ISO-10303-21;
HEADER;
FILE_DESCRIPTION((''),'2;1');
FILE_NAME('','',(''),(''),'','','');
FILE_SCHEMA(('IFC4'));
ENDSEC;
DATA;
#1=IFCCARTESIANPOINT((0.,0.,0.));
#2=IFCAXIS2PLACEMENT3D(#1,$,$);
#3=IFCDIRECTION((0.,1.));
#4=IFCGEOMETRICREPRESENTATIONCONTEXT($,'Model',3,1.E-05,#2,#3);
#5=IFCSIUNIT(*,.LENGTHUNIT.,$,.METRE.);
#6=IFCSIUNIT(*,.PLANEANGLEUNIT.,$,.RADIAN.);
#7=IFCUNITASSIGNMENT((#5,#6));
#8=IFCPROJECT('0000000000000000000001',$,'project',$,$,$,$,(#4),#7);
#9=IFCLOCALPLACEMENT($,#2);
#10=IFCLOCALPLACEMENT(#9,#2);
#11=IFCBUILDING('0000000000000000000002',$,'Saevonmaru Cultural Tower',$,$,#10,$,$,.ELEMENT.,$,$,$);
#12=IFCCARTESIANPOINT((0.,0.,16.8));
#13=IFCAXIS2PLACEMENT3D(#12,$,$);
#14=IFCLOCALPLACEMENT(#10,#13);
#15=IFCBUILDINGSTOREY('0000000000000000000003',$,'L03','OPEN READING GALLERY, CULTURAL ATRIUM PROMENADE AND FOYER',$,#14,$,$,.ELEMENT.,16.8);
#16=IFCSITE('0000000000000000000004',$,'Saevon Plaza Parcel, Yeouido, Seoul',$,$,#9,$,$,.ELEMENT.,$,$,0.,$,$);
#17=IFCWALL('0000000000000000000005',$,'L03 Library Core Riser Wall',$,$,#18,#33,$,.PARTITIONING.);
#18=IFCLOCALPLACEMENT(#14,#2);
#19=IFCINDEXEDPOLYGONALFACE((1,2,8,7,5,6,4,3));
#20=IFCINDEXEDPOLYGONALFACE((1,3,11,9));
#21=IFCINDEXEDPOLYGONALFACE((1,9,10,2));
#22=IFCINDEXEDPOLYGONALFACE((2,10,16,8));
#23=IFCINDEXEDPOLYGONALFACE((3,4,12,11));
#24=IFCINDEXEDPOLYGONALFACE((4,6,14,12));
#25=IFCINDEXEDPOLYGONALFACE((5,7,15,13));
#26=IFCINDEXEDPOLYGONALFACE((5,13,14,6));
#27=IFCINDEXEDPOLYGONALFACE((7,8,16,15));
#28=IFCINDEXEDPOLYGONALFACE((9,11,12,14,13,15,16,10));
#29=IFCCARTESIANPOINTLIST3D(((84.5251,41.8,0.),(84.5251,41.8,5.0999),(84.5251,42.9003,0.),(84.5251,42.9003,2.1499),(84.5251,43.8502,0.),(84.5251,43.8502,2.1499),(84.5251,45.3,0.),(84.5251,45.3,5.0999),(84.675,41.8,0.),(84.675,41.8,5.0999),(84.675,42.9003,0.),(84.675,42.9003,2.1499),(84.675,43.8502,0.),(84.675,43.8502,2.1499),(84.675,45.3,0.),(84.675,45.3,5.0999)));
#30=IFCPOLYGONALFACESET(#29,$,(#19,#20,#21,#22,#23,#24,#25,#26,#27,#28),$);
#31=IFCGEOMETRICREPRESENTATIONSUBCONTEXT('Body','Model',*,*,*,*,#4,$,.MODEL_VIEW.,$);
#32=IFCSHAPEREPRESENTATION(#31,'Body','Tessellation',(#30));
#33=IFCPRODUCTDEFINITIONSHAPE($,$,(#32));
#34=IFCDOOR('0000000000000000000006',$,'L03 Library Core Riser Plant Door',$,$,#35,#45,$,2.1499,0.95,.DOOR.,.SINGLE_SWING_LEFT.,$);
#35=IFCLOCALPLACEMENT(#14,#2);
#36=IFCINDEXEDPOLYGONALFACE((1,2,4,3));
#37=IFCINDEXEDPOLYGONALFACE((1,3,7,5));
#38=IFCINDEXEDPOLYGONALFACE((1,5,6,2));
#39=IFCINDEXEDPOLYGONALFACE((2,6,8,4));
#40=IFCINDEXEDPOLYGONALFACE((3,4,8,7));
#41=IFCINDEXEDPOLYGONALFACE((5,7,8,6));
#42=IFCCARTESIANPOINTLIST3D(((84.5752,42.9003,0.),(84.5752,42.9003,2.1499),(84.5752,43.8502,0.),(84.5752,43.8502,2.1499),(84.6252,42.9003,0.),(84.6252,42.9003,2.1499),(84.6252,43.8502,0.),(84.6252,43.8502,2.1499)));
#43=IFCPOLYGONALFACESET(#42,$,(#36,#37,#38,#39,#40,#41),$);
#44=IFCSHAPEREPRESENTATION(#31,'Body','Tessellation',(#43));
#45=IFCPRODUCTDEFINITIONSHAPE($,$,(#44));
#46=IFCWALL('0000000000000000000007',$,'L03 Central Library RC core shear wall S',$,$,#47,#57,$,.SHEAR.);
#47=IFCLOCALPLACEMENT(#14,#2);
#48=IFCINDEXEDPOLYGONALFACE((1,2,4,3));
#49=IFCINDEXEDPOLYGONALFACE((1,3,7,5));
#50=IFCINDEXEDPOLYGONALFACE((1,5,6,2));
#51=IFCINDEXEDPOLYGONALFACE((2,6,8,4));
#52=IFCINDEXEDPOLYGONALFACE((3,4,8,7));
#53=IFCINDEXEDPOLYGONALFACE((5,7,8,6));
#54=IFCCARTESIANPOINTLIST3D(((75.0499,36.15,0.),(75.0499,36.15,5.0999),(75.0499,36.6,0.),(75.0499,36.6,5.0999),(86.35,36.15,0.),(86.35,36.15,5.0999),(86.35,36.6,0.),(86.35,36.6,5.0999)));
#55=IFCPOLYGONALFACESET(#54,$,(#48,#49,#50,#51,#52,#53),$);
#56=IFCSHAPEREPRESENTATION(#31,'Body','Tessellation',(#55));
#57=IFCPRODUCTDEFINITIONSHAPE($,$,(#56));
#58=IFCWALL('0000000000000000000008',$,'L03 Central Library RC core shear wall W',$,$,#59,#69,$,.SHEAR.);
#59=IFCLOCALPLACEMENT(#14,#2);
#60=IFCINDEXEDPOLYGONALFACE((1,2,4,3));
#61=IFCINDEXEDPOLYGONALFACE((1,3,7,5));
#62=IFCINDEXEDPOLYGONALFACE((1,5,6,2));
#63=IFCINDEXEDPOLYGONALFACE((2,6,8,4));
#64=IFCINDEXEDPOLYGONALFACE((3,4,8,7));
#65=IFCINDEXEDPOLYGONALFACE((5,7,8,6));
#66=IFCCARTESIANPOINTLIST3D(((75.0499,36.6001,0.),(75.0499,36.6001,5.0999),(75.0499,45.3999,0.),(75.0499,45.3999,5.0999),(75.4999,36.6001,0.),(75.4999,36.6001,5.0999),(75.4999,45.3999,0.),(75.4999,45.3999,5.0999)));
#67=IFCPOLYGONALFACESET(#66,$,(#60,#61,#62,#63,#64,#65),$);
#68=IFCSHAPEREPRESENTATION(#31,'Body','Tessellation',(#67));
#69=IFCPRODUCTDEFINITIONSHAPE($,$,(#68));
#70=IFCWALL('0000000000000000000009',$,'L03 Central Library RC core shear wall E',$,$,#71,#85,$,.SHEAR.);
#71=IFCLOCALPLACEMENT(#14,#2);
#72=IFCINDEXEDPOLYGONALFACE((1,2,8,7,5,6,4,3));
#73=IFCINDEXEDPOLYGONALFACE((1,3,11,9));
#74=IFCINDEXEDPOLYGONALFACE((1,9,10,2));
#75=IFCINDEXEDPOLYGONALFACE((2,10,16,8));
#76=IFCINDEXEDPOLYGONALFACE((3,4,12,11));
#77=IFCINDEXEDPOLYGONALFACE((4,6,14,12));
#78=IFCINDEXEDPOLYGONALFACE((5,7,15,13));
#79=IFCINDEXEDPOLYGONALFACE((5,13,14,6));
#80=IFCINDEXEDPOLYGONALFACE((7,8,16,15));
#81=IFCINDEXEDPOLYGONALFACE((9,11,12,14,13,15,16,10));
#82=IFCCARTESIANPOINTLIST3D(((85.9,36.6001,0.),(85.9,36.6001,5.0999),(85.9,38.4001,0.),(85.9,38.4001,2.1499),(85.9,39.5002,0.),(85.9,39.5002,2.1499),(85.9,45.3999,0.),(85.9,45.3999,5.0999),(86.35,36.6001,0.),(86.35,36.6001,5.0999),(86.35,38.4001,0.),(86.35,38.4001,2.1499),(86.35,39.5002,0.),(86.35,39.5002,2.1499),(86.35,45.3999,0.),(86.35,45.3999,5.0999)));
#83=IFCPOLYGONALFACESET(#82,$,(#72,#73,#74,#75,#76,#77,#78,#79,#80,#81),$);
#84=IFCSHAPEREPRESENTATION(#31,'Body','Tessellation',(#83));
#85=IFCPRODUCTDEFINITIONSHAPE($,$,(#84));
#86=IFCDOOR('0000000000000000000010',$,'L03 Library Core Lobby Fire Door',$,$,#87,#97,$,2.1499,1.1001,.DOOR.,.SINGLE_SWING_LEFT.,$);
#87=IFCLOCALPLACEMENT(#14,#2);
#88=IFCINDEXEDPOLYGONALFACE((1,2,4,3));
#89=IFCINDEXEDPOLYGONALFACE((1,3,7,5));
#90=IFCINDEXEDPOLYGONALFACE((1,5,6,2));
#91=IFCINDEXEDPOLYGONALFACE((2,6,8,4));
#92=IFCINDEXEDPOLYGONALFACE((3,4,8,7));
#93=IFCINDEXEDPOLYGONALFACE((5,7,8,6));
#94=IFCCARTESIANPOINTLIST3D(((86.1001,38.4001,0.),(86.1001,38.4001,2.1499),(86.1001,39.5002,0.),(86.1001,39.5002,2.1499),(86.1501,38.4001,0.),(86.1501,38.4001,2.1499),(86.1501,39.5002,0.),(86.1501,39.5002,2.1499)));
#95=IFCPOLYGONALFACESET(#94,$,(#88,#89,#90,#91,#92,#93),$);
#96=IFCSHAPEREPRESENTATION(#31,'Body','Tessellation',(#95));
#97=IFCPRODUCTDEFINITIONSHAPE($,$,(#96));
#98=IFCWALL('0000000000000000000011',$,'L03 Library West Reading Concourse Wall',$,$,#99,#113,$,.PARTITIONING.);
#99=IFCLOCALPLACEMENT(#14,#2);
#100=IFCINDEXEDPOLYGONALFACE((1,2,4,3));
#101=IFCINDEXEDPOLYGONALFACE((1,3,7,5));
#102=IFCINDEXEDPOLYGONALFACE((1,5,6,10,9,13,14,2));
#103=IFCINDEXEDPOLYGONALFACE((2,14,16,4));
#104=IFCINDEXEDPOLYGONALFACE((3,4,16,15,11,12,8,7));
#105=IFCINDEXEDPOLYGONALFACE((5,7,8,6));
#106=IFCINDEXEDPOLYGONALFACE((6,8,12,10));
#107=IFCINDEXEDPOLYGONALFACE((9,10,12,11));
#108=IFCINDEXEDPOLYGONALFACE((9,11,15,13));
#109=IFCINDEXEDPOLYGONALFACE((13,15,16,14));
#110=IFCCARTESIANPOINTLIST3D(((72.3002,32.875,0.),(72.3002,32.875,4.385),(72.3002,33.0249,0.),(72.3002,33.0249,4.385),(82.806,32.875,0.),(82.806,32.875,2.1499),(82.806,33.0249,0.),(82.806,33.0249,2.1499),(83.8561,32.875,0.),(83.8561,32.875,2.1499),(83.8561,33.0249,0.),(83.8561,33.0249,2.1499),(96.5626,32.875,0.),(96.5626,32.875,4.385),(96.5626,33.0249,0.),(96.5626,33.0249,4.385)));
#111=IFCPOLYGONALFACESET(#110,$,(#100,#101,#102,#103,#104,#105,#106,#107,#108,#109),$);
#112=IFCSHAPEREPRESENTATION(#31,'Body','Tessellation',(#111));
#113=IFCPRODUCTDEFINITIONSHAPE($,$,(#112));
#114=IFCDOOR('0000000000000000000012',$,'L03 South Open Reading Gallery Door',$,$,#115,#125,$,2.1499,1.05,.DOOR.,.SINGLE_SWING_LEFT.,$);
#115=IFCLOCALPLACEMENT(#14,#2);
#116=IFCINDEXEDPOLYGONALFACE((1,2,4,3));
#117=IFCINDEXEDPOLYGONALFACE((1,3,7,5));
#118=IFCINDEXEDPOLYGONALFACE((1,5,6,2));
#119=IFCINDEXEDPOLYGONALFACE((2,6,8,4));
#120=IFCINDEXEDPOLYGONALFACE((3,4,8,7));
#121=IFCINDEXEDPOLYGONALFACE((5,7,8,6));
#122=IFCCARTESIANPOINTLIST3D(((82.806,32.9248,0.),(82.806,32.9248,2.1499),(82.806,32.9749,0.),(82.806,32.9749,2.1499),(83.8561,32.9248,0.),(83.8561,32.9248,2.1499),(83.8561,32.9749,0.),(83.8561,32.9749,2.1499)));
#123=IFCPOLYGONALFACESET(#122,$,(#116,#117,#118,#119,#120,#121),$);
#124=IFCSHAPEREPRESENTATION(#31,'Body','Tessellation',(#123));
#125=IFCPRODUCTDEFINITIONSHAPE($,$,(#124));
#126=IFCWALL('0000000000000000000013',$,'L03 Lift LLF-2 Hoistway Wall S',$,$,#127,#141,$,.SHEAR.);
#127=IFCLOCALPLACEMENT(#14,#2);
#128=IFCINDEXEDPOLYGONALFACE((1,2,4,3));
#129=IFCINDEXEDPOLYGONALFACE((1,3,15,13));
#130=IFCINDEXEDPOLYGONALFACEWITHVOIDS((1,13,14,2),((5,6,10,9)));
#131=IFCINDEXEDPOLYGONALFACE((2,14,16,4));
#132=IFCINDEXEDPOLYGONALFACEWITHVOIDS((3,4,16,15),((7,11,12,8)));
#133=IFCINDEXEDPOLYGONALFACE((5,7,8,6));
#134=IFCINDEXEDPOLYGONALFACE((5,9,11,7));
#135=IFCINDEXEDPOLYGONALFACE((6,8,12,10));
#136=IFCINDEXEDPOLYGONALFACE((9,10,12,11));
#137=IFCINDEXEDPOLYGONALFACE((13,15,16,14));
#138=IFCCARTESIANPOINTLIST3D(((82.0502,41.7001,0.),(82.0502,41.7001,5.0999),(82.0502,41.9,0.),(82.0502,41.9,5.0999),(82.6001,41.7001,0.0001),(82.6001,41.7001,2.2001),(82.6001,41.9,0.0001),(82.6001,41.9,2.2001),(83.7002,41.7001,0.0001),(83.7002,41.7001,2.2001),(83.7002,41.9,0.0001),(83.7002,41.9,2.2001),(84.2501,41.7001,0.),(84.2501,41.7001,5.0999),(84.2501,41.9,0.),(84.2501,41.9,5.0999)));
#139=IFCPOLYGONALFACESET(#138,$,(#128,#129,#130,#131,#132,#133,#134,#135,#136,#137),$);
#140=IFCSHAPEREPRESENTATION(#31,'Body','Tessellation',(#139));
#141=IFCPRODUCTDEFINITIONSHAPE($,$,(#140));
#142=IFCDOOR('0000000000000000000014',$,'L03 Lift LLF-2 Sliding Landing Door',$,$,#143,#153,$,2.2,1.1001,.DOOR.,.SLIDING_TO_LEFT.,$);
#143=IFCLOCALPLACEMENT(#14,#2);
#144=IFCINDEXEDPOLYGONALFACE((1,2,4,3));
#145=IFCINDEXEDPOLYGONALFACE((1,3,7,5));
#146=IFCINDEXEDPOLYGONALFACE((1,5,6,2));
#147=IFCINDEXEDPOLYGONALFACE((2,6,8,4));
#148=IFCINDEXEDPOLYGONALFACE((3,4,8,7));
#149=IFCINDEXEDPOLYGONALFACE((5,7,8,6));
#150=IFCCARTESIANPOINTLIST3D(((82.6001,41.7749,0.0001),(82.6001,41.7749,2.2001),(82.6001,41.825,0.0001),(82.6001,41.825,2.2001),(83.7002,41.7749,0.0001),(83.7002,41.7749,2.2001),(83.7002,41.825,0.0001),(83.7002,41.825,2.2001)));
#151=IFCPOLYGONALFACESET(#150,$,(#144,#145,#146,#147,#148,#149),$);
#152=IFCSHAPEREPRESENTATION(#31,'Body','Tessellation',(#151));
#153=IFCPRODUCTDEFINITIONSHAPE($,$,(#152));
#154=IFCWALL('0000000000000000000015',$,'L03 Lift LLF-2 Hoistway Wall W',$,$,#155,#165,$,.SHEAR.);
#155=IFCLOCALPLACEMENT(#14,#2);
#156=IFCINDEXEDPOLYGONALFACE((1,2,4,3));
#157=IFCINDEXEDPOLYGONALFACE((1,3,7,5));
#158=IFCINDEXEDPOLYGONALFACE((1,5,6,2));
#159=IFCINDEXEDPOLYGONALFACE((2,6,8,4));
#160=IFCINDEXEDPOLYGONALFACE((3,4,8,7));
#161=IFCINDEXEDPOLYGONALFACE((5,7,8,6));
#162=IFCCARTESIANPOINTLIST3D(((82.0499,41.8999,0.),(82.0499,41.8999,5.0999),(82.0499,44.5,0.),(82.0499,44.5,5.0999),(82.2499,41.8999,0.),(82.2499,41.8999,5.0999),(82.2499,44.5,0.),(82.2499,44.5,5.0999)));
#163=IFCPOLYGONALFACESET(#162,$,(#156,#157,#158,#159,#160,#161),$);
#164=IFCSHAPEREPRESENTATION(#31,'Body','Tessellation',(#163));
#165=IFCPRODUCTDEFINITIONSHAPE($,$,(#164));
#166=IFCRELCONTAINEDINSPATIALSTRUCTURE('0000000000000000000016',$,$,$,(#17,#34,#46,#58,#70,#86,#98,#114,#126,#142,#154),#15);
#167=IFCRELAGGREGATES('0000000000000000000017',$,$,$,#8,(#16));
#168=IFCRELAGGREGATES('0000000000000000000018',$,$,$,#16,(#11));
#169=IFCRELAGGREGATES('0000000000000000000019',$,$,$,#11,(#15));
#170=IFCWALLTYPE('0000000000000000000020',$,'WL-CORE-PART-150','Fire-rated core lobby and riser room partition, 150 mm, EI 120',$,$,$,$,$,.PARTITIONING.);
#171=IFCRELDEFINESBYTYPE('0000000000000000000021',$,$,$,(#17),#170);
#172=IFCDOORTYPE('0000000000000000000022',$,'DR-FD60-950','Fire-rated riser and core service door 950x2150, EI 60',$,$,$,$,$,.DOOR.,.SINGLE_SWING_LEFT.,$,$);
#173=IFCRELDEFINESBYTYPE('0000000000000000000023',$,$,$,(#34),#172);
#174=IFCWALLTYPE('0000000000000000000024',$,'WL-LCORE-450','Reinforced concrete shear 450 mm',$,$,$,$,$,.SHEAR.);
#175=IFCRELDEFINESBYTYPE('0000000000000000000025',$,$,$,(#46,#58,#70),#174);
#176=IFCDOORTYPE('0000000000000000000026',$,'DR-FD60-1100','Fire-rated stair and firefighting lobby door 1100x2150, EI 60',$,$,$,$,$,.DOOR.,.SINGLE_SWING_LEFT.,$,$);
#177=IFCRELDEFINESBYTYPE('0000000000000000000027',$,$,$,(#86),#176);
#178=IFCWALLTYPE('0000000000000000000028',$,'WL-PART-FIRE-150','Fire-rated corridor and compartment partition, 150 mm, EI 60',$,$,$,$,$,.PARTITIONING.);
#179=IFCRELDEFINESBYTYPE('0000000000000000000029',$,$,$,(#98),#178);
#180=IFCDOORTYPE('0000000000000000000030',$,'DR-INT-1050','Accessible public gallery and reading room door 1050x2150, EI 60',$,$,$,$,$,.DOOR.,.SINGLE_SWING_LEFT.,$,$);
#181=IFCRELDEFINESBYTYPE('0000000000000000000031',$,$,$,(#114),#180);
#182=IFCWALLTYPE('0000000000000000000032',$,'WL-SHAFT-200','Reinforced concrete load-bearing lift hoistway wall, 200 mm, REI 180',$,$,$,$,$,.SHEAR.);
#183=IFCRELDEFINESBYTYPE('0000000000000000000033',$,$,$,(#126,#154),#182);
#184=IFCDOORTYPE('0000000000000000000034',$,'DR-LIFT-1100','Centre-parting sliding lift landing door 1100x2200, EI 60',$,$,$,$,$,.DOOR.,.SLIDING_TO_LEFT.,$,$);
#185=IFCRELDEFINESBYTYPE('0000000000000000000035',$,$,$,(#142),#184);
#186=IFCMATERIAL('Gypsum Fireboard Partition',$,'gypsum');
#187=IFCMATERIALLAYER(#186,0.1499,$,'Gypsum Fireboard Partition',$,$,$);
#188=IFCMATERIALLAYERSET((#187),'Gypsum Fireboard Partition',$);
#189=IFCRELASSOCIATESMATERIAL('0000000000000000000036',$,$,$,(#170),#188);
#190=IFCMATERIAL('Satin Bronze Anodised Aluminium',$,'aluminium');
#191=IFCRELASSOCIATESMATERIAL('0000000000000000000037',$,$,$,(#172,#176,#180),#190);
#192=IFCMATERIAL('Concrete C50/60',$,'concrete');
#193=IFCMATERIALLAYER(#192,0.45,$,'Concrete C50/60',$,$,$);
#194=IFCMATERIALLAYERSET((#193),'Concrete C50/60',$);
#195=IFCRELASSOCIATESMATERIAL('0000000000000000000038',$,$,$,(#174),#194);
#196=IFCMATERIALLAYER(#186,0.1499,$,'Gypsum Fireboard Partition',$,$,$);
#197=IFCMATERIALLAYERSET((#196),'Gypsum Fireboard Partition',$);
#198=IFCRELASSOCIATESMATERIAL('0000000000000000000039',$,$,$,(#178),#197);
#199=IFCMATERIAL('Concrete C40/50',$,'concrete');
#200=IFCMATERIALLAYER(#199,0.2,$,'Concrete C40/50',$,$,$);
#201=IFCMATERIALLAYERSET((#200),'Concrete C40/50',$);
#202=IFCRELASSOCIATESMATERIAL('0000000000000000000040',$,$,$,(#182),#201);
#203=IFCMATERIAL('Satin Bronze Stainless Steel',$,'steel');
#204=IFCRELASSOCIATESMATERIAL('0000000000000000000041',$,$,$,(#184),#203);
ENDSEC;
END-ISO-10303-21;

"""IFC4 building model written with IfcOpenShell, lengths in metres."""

from ifc_helpers import new_model, si_unit, direction, frame, frame_2d, origin, place, context, subcontext, project, spatial, rectangle, extrude, material, layer, layer_set, type_object, element, fill, save


model = new_model("IFC4")

# Units and contexts
model_context = context("Model", 3, precision=1e-05, world=origin(), true_north=direction((0.0, 1.0)))
body_context = subcontext(model_context, "Body", "Model", "MODEL_VIEW")
ifc_project = project(units=[si_unit("LENGTHUNIT", "METRE"), si_unit("PLANEANGLEUNIT", "RADIAN")], contexts=[model_context])

# Site, building, storey
site_placement = place(None, origin())
site = spatial("IfcSite", under=ifc_project, at=site_placement, Name="Saevon Plaza Parcel, Yeouido, Seoul", CompositionType="ELEMENT", RefElevation=0.0)
building_placement = place(site_placement, origin())
building = spatial("IfcBuilding", under=site, at=building_placement, Name="Saevonmaru Cultural Tower", CompositionType="ELEMENT")
storey_placement = place(building_placement, frame((0.0, 0.0, 16.8)))
storey = spatial("IfcBuildingStorey", under=building, at=storey_placement, Name="L03", Description="OPEN READING GALLERY, CULTURAL ATRIUM PROMENADE AND FOYER", CompositionType="ELEMENT", Elevation=16.8)

# Wall, opening, door
ifc_material_1 = material(Name="Gypsum Fireboard Partition", Category="gypsum")
ifc_layer_1 = layer(ifc_material_1, 0.1499, Name="Gypsum Fireboard Partition")
ifc_layer_set_1 = layer_set([ifc_layer_1], Name="Gypsum Fireboard Partition")
wall_type_1 = type_object("IfcWallType", Name="WL-CORE-PART-150", Description="Fire-rated core lobby and riser room partition, 150 mm, EI 120", PredefinedType="PARTITIONING", material=ifc_layer_set_1)
wall_1_placement = place(storey_placement, frame((84.6001, 41.8, 0.0), z_axis=(0.0, 0.0, 1.0), x_axis=(0.0, 1.0, 0.0)))
wall_1 = element("IfcWall", 1, at=wall_1_placement, inside=storey, type_object=wall_type_1, Name="L03 Library Core Riser Wall", PredefinedType="PARTITIONING", context=body_context, shape_type="SweptSolid", body=[
    extrude(rectangle(XDim=3.5, YDim=0.1499, at=frame_2d((1.75, 0.0))), origin(), (0.0, 0.0, 1.0), 5.0999),
])
opening_1_placement = place(wall_1_placement, frame((1.1001, 0.0, 0.0)))
opening_1 = element("IfcOpeningElement", 2, at=opening_1_placement, cuts=wall_1, PredefinedType="OPENING", context=body_context, shape_type="SweptSolid", body=[
    extrude(rectangle(XDim=0.95, YDim=2.1499, at=frame_2d((0.4751, 1.075))), frame((0.0, 0.085, 0.0), z_axis=(0.0, -1.0, 0.0), x_axis=(1.0, 0.0, 0.0)), (0.0, 0.0, 1.0), 0.1699),
])
ifc_material_2 = material(Name="Satin Bronze Anodised Aluminium", Category="aluminium")
door_type_1 = type_object("IfcDoorType", Name="DR-FD60-950", Description="Fire-rated riser and core service door 950x2150, EI 60", OperationType="SINGLE_SWING_LEFT", PredefinedType="DOOR", material=ifc_material_2)
door_1_placement = place(opening_1_placement, origin())
door_1 = element("IfcDoor", 3, at=door_1_placement, inside=storey, type_object=door_type_1, Name="L03 Library Core Riser Plant Door", OperationType="SINGLE_SWING_LEFT", OverallHeight=2.1499, OverallWidth=0.95, PredefinedType="DOOR", context=body_context, shape_type="SweptSolid", body=[
    extrude(rectangle(XDim=0.95, YDim=2.1499, at=frame_2d((0.4751, 1.075))), frame((0.0, 0.0249, 0.0), z_axis=(0.0, -1.0, 0.0), x_axis=(1.0, 0.0, 0.0)), (0.0, 0.0, 1.0), 0.05),
])
fill(opening_1, door_1)

# Walls
ifc_material_3 = material(Name="Concrete C50/60", Category="concrete")
ifc_layer_2 = layer(ifc_material_3, 0.45, Name="Concrete C50/60")
ifc_layer_set_2 = layer_set([ifc_layer_2], Name="Concrete C50/60")
wall_type_2 = type_object("IfcWallType", Name="WL-LCORE-450", Description="Reinforced concrete shear 450 mm", PredefinedType="SHEAR", material=ifc_layer_set_2)
wall_2_placement = place(storey_placement, frame((75.05, 36.375, 0.0), z_axis=(0.0, 0.0, 1.0), x_axis=(1.0, 0.0, 0.0)))
element("IfcWall", 4, at=wall_2_placement, inside=storey, type_object=wall_type_2, Name="L03 Central Library RC core shear wall S", PredefinedType="SHEAR", context=body_context, shape_type="SweptSolid", body=[
    extrude(rectangle(XDim=11.3, YDim=0.45, at=frame_2d((5.6499, 0.0))), origin(), (0.0, 0.0, 1.0), 5.0999),
])
wall_3_placement = place(storey_placement, frame((75.2749, 36.6001, 0.0), z_axis=(0.0, 0.0, 1.0), x_axis=(0.0, 1.0, 0.0)))
element("IfcWall", 5, at=wall_3_placement, inside=storey, type_object=wall_type_2, Name="L03 Central Library RC core shear wall W", PredefinedType="SHEAR", context=body_context, shape_type="SweptSolid", body=[
    extrude(rectangle(XDim=8.7998, YDim=0.45, at=frame_2d((4.3999, 0.0))), origin(), (0.0, 0.0, 1.0), 5.0999),
])

# Walls, openings, doors
wall_4_placement = place(storey_placement, frame((86.125, 36.6001, 0.0), z_axis=(0.0, 0.0, 1.0), x_axis=(0.0, 1.0, 0.0)))
wall_4 = element("IfcWall", 6, at=wall_4_placement, inside=storey, type_object=wall_type_2, Name="L03 Central Library RC core shear wall E", PredefinedType="SHEAR", context=body_context, shape_type="SweptSolid", body=[
    extrude(rectangle(XDim=8.7998, YDim=0.45, at=frame_2d((4.3999, 0.0))), origin(), (0.0, 0.0, 1.0), 5.0999),
])
opening_2_placement = place(wall_4_placement, frame((1.8, 0.0, 0.0)))
opening_2 = element("IfcOpeningElement", 7, at=opening_2_placement, cuts=wall_4, PredefinedType="OPENING", context=body_context, shape_type="SweptSolid", body=[
    extrude(rectangle(XDim=1.1001, YDim=2.1499, at=frame_2d((0.55, 1.075))), frame((0.0, 0.2349, 0.0), z_axis=(0.0, -1.0, 0.0), x_axis=(1.0, 0.0, 0.0)), (0.0, 0.0, 1.0), 0.47),
])
door_type_2 = type_object("IfcDoorType", Name="DR-FD60-1100", Description="Fire-rated stair and firefighting lobby door 1100x2150, EI 60", OperationType="SINGLE_SWING_LEFT", PredefinedType="DOOR", material=ifc_material_2)
door_2_placement = place(opening_2_placement, origin())
door_2 = element("IfcDoor", 8, at=door_2_placement, inside=storey, type_object=door_type_2, Name="L03 Library Core Lobby Fire Door", OperationType="SINGLE_SWING_LEFT", OverallHeight=2.1499, OverallWidth=1.1001, PredefinedType="DOOR", context=body_context, shape_type="SweptSolid", body=[
    extrude(rectangle(XDim=1.1001, YDim=2.1499, at=frame_2d((0.55, 1.075))), frame((0.0, 0.0249, 0.0), z_axis=(0.0, -1.0, 0.0), x_axis=(1.0, 0.0, 0.0)), (0.0, 0.0, 1.0), 0.05),
])
fill(opening_2, door_2)
ifc_layer_3 = layer(ifc_material_1, 0.1499, Name="Gypsum Fireboard Partition")
ifc_layer_set_3 = layer_set([ifc_layer_3], Name="Gypsum Fireboard Partition")
wall_type_3 = type_object("IfcWallType", Name="WL-PART-FIRE-150", Description="Fire-rated corridor and compartment partition, 150 mm, EI 60", PredefinedType="PARTITIONING", material=ifc_layer_set_3)
wall_5_placement = place(storey_placement, frame((72.3, 32.95, 0.0), z_axis=(0.0, 0.0, 1.0), x_axis=(1.0, 0.0, 0.0)))
wall_5 = element("IfcWall", 9, at=wall_5_placement, inside=storey, type_object=wall_type_3, Name="L03 Library West Reading Concourse Wall", PredefinedType="PARTITIONING", context=body_context, shape_type="SweptSolid", body=[
    extrude(rectangle(XDim=24.2625, YDim=0.1499, at=frame_2d((12.1313, 0.0))), origin(), (0.0, 0.0, 1.0), 4.385),
])
opening_3_placement = place(wall_5_placement, frame((10.5061, 0.0, 0.0)))
opening_3 = element("IfcOpeningElement", 10, at=opening_3_placement, cuts=wall_5, PredefinedType="OPENING", context=body_context, shape_type="SweptSolid", body=[
    extrude(rectangle(XDim=1.05, YDim=2.1499, at=frame_2d((0.5249, 1.075))), frame((0.0, 0.085, 0.0), z_axis=(0.0, -1.0, 0.0), x_axis=(1.0, 0.0, 0.0)), (0.0, 0.0, 1.0), 0.1699),
])
door_type_3 = type_object("IfcDoorType", Name="DR-INT-1050", Description="Accessible public gallery and reading room door 1050x2150, EI 60", OperationType="SINGLE_SWING_LEFT", PredefinedType="DOOR", material=ifc_material_2)
door_3_placement = place(opening_3_placement, origin())
door_3 = element("IfcDoor", 11, at=door_3_placement, inside=storey, type_object=door_type_3, Name="L03 South Open Reading Gallery Door", OperationType="SINGLE_SWING_LEFT", OverallHeight=2.1499, OverallWidth=1.05, PredefinedType="DOOR", context=body_context, shape_type="SweptSolid", body=[
    extrude(rectangle(XDim=1.05, YDim=2.1499, at=frame_2d((0.5249, 1.075))), frame((0.0, 0.0249, 0.0), z_axis=(0.0, -1.0, 0.0), x_axis=(1.0, 0.0, 0.0)), (0.0, 0.0, 1.0), 0.05),
])
fill(opening_3, door_3)
ifc_material_4 = material(Name="Concrete C40/50", Category="concrete")
ifc_layer_4 = layer(ifc_material_4, 0.2, Name="Concrete C40/50")
ifc_layer_set_4 = layer_set([ifc_layer_4], Name="Concrete C40/50")
wall_type_4 = type_object("IfcWallType", Name="WL-SHAFT-200", Description="Reinforced concrete load-bearing lift hoistway wall, 200 mm, REI 180", PredefinedType="SHEAR", material=ifc_layer_set_4)
wall_6_placement = place(storey_placement, frame((82.05, 41.8, 0.0), z_axis=(0.0, 0.0, 1.0), x_axis=(1.0, 0.0, 0.0)))
wall_6 = element("IfcWall", 12, at=wall_6_placement, inside=storey, type_object=wall_type_4, Name="L03 Lift LLF-2 Hoistway Wall S", PredefinedType="SHEAR", context=body_context, shape_type="SweptSolid", body=[
    extrude(rectangle(XDim=2.2, YDim=0.2, at=frame_2d((1.1001, 0.0))), origin(), (0.0, 0.0, 1.0), 5.0999),
])
opening_4_placement = place(wall_6_placement, frame((0.55, 0.0, 0.0)))
opening_4 = element("IfcOpeningElement", 13, at=opening_4_placement, cuts=wall_6, PredefinedType="OPENING", context=body_context, shape_type="SweptSolid", body=[
    extrude(rectangle(XDim=1.1001, YDim=2.2, at=frame_2d((0.55, 1.1001))), frame((0.0, 0.1099, 0.0), z_axis=(0.0, -1.0, 0.0), x_axis=(1.0, 0.0, 0.0)), (0.0, 0.0, 1.0), 0.22),
])
ifc_material_5 = material(Name="Satin Bronze Stainless Steel", Category="steel")
door_type_4 = type_object("IfcDoorType", Name="DR-LIFT-1100", Description="Centre-parting sliding lift landing door 1100x2200, EI 60", OperationType="SLIDING_TO_LEFT", PredefinedType="DOOR", material=ifc_material_5)
door_4_placement = place(opening_4_placement, origin())
door_4 = element("IfcDoor", 14, at=door_4_placement, inside=storey, type_object=door_type_4, Name="L03 Lift LLF-2 Sliding Landing Door", OperationType="SLIDING_TO_LEFT", OverallHeight=2.2, OverallWidth=1.1001, PredefinedType="DOOR", context=body_context, shape_type="SweptSolid", body=[
    extrude(rectangle(XDim=1.1001, YDim=2.2, at=frame_2d((0.55, 1.1001))), frame((0.0, 0.0249, 0.0), z_axis=(0.0, -1.0, 0.0), x_axis=(1.0, 0.0, 0.0)), (0.0, 0.0, 1.0), 0.05),
])
fill(opening_4, door_4)

# Wall
wall_7_placement = place(storey_placement, frame((82.1499, 41.8999, 0.0), z_axis=(0.0, 0.0, 1.0), x_axis=(0.0, 1.0, 0.0)))
element("IfcWall", 15, at=wall_7_placement, inside=storey, type_object=wall_type_4, Name="L03 Lift LLF-2 Hoistway Wall W", PredefinedType="SHEAR", context=body_context, shape_type="SweptSolid", body=[
    extrude(rectangle(XDim=2.6001, YDim=0.2, at=frame_2d((1.3, 0.0))), origin(), (0.0, 0.0, 1.0), 5.0999),
])

save(model, "model.ifc")
